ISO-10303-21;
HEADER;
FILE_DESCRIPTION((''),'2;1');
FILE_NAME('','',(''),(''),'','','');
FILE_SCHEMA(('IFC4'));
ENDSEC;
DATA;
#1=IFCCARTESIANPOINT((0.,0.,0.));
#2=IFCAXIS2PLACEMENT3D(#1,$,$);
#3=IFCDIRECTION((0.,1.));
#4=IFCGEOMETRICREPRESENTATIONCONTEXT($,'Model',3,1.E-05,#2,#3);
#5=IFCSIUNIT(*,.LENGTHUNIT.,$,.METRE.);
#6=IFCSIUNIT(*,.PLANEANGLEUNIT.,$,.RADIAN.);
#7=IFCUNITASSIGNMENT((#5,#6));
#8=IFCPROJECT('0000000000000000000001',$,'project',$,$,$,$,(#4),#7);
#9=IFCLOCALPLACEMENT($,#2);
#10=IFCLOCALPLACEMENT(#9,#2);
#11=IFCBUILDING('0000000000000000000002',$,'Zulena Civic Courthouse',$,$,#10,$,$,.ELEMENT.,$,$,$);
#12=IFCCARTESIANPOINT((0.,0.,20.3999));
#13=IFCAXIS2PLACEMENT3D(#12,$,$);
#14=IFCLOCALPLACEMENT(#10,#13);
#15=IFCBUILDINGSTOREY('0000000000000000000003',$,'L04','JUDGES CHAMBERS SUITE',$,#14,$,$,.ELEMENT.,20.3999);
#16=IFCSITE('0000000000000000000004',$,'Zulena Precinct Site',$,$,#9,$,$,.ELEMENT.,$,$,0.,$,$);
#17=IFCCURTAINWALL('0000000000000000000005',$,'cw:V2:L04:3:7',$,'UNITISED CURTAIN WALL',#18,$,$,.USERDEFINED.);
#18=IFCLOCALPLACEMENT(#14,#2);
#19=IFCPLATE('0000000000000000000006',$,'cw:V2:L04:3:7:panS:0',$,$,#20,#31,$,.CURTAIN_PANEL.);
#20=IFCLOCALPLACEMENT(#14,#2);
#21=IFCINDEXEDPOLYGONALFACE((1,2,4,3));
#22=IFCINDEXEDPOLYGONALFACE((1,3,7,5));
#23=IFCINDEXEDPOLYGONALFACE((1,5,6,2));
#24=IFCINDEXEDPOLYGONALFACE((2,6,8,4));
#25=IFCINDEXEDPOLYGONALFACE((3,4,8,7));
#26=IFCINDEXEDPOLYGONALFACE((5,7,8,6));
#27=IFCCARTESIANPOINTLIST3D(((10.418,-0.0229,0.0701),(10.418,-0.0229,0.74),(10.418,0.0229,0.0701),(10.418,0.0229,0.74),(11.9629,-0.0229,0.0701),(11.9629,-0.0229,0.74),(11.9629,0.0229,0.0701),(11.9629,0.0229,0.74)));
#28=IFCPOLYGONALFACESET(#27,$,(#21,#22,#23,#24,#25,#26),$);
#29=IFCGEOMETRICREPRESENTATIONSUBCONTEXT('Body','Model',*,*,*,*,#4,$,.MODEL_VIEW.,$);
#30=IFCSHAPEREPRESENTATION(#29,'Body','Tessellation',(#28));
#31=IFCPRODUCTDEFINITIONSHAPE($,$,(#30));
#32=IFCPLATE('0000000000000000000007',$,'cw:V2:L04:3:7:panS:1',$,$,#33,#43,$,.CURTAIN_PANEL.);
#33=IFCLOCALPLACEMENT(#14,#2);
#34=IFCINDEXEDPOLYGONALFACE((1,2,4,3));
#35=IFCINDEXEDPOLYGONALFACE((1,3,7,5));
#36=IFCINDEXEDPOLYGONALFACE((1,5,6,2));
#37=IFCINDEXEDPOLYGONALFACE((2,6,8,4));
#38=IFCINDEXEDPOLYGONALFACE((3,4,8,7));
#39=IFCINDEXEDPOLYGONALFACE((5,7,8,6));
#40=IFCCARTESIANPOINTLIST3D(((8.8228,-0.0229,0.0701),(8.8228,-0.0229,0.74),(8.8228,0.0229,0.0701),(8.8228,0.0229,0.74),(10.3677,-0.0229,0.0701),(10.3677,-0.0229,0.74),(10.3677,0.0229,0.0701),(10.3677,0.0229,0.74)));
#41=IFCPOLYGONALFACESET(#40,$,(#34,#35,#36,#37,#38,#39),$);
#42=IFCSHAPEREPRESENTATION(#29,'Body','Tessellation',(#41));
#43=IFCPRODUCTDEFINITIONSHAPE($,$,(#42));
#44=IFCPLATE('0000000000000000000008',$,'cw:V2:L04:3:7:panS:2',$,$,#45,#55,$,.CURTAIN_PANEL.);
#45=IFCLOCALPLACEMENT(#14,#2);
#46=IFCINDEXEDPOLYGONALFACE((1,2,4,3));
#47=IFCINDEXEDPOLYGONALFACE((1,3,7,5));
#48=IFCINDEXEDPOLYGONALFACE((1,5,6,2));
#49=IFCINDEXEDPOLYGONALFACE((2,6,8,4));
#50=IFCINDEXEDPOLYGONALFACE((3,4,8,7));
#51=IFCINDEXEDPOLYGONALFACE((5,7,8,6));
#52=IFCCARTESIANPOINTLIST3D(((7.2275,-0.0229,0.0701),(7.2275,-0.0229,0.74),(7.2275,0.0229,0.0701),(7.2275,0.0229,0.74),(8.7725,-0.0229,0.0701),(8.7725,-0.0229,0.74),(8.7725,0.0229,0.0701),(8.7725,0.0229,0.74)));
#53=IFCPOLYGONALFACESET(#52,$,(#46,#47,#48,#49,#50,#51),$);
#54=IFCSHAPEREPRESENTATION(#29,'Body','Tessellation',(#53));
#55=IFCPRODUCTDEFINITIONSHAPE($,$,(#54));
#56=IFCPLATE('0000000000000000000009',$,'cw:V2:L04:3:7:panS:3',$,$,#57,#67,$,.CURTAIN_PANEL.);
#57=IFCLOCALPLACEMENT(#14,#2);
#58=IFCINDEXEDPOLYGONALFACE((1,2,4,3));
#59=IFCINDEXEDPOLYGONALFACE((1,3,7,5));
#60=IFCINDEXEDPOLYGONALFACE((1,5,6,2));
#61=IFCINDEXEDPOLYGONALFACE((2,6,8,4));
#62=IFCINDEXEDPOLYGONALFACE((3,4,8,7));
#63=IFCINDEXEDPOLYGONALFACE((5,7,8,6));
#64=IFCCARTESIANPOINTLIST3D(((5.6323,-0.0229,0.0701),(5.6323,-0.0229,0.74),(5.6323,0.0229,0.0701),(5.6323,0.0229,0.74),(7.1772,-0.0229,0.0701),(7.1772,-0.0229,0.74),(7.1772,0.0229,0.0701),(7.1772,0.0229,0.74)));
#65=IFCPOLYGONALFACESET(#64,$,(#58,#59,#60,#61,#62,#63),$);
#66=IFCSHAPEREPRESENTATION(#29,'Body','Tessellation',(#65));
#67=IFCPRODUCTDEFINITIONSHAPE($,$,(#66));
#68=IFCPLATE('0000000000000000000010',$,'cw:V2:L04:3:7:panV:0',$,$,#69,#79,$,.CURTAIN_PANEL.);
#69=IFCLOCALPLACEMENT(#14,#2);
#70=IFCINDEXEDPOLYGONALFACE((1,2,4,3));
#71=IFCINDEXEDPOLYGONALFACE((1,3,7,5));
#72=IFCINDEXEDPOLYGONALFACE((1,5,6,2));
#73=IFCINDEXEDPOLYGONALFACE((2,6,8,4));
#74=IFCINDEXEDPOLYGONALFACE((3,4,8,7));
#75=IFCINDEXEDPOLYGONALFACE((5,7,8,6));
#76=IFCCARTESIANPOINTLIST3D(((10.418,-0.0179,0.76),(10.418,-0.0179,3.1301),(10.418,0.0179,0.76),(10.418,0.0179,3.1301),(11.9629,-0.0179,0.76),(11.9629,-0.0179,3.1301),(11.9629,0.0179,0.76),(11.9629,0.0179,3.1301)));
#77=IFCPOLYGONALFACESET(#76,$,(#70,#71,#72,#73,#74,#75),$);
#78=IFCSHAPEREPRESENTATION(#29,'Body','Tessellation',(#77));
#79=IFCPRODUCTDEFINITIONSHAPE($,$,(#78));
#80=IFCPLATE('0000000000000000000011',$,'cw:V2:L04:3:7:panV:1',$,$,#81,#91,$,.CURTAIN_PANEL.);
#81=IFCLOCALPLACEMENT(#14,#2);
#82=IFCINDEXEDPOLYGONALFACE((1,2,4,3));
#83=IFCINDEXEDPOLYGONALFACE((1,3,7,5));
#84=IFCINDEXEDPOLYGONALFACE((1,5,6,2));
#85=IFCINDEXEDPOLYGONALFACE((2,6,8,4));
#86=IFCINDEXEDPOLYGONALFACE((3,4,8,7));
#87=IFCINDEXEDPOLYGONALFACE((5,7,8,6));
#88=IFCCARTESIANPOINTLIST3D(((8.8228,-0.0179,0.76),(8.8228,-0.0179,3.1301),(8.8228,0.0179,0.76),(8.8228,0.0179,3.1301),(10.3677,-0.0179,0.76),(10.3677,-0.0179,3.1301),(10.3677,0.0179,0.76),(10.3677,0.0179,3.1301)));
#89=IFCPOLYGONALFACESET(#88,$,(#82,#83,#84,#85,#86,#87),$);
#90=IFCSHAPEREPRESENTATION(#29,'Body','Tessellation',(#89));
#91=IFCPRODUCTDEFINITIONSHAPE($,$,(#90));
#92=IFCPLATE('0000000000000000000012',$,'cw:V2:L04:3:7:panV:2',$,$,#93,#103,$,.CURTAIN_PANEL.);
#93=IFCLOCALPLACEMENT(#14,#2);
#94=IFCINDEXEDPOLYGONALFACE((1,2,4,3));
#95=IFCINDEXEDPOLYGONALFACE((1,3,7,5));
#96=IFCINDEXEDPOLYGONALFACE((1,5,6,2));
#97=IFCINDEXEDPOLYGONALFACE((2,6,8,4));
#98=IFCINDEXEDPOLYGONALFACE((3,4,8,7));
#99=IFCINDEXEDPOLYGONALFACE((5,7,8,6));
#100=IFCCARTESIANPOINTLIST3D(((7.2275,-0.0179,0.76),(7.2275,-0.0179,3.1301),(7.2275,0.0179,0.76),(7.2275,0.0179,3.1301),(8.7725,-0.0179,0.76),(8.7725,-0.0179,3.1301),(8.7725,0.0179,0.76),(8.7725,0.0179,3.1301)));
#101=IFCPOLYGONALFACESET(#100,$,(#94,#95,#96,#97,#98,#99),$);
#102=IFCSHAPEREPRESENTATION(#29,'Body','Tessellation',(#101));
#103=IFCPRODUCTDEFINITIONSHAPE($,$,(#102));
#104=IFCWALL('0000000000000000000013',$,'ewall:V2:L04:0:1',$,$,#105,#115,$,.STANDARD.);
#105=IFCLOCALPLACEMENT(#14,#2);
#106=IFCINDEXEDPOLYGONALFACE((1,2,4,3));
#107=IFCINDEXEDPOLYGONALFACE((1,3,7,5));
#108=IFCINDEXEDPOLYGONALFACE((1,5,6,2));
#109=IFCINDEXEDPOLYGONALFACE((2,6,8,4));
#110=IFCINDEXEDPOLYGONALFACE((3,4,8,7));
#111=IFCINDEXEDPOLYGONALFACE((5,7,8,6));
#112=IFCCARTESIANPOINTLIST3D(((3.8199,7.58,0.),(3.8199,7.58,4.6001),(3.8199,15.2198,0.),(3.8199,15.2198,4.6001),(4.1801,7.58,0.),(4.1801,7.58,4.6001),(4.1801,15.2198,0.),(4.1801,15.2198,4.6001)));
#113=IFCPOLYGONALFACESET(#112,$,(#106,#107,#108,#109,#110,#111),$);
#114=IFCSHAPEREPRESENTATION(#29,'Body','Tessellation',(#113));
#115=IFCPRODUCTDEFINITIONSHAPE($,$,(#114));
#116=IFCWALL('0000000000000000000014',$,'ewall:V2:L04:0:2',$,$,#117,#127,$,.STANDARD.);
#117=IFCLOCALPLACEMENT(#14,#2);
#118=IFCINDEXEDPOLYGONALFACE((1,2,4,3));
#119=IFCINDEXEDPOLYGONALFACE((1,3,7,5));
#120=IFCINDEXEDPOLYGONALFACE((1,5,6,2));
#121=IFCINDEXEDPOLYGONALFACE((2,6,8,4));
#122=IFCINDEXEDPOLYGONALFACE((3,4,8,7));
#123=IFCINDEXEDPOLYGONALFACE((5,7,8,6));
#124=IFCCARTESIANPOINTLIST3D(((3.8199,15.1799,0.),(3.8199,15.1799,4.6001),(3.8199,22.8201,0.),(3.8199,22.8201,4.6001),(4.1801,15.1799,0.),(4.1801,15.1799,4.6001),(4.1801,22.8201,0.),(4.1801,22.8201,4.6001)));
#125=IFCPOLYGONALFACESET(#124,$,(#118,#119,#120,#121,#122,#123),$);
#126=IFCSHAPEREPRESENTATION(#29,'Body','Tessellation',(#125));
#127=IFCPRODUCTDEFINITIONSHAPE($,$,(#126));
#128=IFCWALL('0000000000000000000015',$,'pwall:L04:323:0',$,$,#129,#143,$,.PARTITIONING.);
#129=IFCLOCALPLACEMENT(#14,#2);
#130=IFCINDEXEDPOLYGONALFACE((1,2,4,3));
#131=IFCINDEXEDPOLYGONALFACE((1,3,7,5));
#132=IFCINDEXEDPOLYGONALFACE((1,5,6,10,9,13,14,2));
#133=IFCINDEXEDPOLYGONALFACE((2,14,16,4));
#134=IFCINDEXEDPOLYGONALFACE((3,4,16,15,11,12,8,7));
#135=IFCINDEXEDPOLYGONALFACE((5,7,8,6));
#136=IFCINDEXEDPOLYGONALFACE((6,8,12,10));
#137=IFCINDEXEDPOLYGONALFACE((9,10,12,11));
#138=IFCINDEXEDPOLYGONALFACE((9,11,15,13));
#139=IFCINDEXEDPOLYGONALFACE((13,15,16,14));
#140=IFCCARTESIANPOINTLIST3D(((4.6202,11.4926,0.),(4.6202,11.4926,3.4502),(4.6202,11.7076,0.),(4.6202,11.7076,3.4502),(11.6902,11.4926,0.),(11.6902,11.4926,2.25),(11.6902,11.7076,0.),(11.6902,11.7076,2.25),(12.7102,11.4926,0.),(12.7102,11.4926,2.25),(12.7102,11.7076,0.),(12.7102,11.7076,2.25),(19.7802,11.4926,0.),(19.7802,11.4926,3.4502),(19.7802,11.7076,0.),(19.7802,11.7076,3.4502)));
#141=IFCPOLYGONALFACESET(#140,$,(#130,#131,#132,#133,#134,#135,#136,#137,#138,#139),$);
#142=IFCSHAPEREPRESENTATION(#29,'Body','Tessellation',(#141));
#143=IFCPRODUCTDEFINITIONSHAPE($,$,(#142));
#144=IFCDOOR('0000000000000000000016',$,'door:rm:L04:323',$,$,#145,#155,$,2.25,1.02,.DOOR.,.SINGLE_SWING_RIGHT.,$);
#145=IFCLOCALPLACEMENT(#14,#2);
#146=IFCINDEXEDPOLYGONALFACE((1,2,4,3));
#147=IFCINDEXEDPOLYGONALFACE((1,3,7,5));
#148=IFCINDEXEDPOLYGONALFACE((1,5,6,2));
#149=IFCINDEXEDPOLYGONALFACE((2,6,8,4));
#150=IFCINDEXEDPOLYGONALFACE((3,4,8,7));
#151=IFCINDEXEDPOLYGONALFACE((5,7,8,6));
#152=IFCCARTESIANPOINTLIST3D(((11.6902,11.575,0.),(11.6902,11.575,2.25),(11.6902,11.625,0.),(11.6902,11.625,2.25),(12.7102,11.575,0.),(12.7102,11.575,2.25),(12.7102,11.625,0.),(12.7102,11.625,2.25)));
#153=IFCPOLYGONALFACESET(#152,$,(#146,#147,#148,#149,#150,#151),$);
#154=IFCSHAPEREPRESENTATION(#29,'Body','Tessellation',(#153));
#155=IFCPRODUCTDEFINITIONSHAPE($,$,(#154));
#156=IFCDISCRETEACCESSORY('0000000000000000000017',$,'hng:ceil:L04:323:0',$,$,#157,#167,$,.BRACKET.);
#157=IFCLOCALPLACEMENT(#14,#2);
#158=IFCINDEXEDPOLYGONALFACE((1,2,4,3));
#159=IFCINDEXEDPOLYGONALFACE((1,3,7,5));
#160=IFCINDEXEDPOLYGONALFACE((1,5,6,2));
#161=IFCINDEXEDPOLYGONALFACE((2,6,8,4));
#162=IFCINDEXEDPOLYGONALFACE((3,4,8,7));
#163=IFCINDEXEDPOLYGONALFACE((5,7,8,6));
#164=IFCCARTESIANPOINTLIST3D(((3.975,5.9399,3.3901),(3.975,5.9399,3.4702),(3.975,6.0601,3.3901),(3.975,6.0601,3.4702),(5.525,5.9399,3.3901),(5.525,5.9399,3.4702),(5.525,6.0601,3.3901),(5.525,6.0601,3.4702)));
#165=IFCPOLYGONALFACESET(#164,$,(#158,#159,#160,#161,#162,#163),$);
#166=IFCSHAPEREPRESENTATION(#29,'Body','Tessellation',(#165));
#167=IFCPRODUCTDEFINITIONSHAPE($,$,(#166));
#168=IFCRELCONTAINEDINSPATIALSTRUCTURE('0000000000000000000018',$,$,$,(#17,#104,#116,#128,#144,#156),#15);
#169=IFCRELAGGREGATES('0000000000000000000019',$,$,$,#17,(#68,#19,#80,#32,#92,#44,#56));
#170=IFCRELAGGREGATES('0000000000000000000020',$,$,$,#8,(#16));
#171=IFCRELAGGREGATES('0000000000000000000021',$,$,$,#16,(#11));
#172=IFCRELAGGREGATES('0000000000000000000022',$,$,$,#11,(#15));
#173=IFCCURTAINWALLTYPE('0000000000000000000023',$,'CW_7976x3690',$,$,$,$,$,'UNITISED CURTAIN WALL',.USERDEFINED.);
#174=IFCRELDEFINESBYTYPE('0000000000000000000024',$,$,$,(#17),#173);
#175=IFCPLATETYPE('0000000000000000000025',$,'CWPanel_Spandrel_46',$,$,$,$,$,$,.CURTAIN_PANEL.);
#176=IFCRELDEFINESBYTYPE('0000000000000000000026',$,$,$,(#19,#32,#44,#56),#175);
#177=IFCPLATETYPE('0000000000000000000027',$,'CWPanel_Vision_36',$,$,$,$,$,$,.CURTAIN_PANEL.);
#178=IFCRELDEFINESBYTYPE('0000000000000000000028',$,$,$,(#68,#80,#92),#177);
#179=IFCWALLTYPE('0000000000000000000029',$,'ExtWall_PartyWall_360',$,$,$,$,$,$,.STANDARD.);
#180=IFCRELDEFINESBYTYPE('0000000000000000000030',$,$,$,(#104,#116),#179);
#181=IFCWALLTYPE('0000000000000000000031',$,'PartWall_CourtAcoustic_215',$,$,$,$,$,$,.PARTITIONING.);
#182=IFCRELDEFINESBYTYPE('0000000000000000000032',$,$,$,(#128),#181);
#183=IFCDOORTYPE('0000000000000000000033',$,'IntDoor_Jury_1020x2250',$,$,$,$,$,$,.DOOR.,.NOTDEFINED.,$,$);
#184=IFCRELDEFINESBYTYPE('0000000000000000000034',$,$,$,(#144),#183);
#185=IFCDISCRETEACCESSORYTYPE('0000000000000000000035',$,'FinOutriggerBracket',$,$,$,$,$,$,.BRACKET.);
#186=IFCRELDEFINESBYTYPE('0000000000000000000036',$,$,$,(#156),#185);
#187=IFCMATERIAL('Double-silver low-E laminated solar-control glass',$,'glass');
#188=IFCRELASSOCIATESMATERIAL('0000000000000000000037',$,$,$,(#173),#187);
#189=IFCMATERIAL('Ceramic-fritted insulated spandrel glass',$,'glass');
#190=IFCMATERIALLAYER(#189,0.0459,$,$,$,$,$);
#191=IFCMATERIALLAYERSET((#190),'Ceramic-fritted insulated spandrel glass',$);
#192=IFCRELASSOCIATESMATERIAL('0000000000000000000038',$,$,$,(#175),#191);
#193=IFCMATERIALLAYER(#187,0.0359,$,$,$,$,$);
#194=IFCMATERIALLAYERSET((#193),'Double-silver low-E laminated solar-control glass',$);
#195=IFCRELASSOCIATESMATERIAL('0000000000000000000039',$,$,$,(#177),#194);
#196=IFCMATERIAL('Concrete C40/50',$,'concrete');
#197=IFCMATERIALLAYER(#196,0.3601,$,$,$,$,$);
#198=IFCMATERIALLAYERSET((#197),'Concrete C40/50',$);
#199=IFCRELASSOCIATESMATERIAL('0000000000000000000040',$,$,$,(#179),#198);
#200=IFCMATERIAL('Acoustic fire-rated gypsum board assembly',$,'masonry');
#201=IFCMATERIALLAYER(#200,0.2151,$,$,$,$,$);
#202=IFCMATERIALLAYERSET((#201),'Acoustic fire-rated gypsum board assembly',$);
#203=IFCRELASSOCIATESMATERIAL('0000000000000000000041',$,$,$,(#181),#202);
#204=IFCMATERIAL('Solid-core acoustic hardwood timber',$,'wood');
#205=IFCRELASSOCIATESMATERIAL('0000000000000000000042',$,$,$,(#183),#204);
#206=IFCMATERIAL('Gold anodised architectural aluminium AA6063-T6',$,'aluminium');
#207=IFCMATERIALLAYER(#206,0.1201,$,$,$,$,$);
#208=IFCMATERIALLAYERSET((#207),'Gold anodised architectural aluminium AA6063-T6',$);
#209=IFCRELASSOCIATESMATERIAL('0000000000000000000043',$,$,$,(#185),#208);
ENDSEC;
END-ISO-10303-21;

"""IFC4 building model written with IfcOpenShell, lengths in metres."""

from ifc_helpers import new_model, si_unit, direction, frame, frame_2d, origin, origin_2d, place, context, subcontext, project, spatial, rectangle, extrude, material, layer, layer_set, type_object, element, fill, aggregate, save


model = new_model("IFC4")

# Units and contexts
model_context = context("Model", 3, precision=1e-05, world=origin(), true_north=direction((0.0, 1.0)))
body_context = subcontext(model_context, "Body", "Model", "MODEL_VIEW")
ifc_project = project(units=[si_unit("LENGTHUNIT", "METRE"), si_unit("PLANEANGLEUNIT", "RADIAN")], contexts=[model_context])

# Site, building, storey
site_placement = place(None, origin())
site = spatial("IfcSite", under=ifc_project, at=site_placement, Name="Zulena Precinct Site", CompositionType="ELEMENT", RefElevation=0.0)
building_placement = place(site_placement, origin())
building = spatial("IfcBuilding", under=site, at=building_placement, Name="Zulena Civic Courthouse", CompositionType="ELEMENT")
storey_placement = place(building_placement, frame((0.0, 0.0, 20.3999)))
storey = spatial("IfcBuildingStorey", under=building, at=storey_placement, Name="L04", Description="JUDGES CHAMBERS SUITE", CompositionType="ELEMENT", Elevation=20.3999)

# Curtain wall
ifc_material_1 = material(Name="Double-silver low-E laminated solar-control glass", Category="glass")
curtain_wall_type = type_object("IfcCurtainWallType", Name="CW_7976x3690", ElementType="UNITISED CURTAIN WALL", PredefinedType="USERDEFINED", material=ifc_material_1)
curtain_wall_placement = place(storey_placement, origin())
curtain_wall = element("IfcCurtainWall", 1, at=curtain_wall_placement, inside=storey, type_object=curtain_wall_type, Name="cw:V2:L04:3:7", ObjectType="UNITISED CURTAIN WALL", PredefinedType="USERDEFINED")

# Plates
ifc_material_2 = material(Name="Ceramic-fritted insulated spandrel glass", Category="glass")
ifc_layer_1 = layer(ifc_material_2, 0.0459)
ifc_layer_set_1 = layer_set([ifc_layer_1], Name="Ceramic-fritted insulated spandrel glass")
plate_type_1 = type_object("IfcPlateType", Name="CWPanel_Spandrel_46", PredefinedType="CURTAIN_PANEL", material=ifc_layer_set_1)
plate_1_placement = place(storey_placement, frame((11.1904, 0.0, 0.0701), z_axis=(0.0, 0.0, 1.0), x_axis=(-1.0, 0.0, 0.0)))
plate_1 = element("IfcPlate", 2, at=plate_1_placement, type_object=plate_type_1, Name="cw:V2:L04:3:7:panS:0", PredefinedType="CURTAIN_PANEL", context=body_context, shape_type="SweptSolid", body=[
    extrude(rectangle(XDim=1.5449, YDim=0.0459, at=origin_2d()), origin(), (0.0, 0.0, 1.0), 0.6699),
])
plate_2_placement = place(storey_placement, frame((9.5952, 0.0, 0.0701), z_axis=(0.0, 0.0, 1.0), x_axis=(-1.0, 0.0, 0.0)))
plate_2 = element("IfcPlate", 3, at=plate_2_placement, type_object=plate_type_1, Name="cw:V2:L04:3:7:panS:1", PredefinedType="CURTAIN_PANEL", context=body_context, shape_type="SweptSolid", body=[
    extrude(rectangle(XDim=1.5449, YDim=0.0459, at=origin_2d()), origin(), (0.0, 0.0, 1.0), 0.6699),
])
plate_3_placement = place(storey_placement, frame((8.0, 0.0, 0.0701), z_axis=(0.0, 0.0, 1.0), x_axis=(-1.0, 0.0, 0.0)))
plate_3 = element("IfcPlate", 4, at=plate_3_placement, type_object=plate_type_1, Name="cw:V2:L04:3:7:panS:2", PredefinedType="CURTAIN_PANEL", context=body_context, shape_type="SweptSolid", body=[
    extrude(rectangle(XDim=1.5449, YDim=0.0459, at=origin_2d()), origin(), (0.0, 0.0, 1.0), 0.6699),
])
plate_4_placement = place(storey_placement, frame((6.4048, 0.0, 0.0701), z_axis=(0.0, 0.0, 1.0), x_axis=(-1.0, 0.0, 0.0)))
plate_4 = element("IfcPlate", 5, at=plate_4_placement, type_object=plate_type_1, Name="cw:V2:L04:3:7:panS:3", PredefinedType="CURTAIN_PANEL", context=body_context, shape_type="SweptSolid", body=[
    extrude(rectangle(XDim=1.5449, YDim=0.0459, at=origin_2d()), origin(), (0.0, 0.0, 1.0), 0.6699),
])
ifc_layer_2 = layer(ifc_material_1, 0.0359)
ifc_layer_set_2 = layer_set([ifc_layer_2], Name="Double-silver low-E laminated solar-control glass")
plate_type_2 = type_object("IfcPlateType", Name="CWPanel_Vision_36", PredefinedType="CURTAIN_PANEL", material=ifc_layer_set_2)
plate_5_placement = place(storey_placement, frame((11.1904, 0.0, 0.76), z_axis=(0.0, 0.0, 1.0), x_axis=(-1.0, 0.0, 0.0)))
plate_5 = element("IfcPlate", 6, at=plate_5_placement, type_object=plate_type_2, Name="cw:V2:L04:3:7:panV:0", PredefinedType="CURTAIN_PANEL", context=body_context, shape_type="SweptSolid", body=[
    extrude(rectangle(XDim=1.5449, YDim=0.0359, at=origin_2d()), origin(), (0.0, 0.0, 1.0), 2.3701),
])
plate_6_placement = place(storey_placement, frame((9.5952, 0.0, 0.76), z_axis=(0.0, 0.0, 1.0), x_axis=(-1.0, 0.0, 0.0)))
plate_6 = element("IfcPlate", 7, at=plate_6_placement, type_object=plate_type_2, Name="cw:V2:L04:3:7:panV:1", PredefinedType="CURTAIN_PANEL", context=body_context, shape_type="SweptSolid", body=[
    extrude(rectangle(XDim=1.5449, YDim=0.0359, at=origin_2d()), origin(), (0.0, 0.0, 1.0), 2.3701),
])
plate_7_placement = place(storey_placement, frame((8.0, 0.0, 0.76), z_axis=(0.0, 0.0, 1.0), x_axis=(-1.0, 0.0, 0.0)))
plate_7 = element("IfcPlate", 8, at=plate_7_placement, type_object=plate_type_2, Name="cw:V2:L04:3:7:panV:2", PredefinedType="CURTAIN_PANEL", context=body_context, shape_type="SweptSolid", body=[
    extrude(rectangle(XDim=1.5449, YDim=0.0359, at=origin_2d()), origin(), (0.0, 0.0, 1.0), 2.3701),
])
aggregate(curtain_wall, [plate_5, plate_1, plate_6, plate_2, plate_7, plate_3, plate_4])

# Walls
ifc_material_3 = material(Name="Concrete C40/50", Category="concrete")
ifc_layer_3 = layer(ifc_material_3, 0.3601)
ifc_layer_set_3 = layer_set([ifc_layer_3], Name="Concrete C40/50")
wall_type_1 = type_object("IfcWallType", Name="ExtWall_PartyWall_360", PredefinedType="STANDARD", material=ifc_layer_set_3)
wall_1_placement = place(storey_placement, frame((4.0, 7.5801, 0.0), z_axis=(0.0, 0.0, 1.0), x_axis=(0.0, 1.0, 0.0)))
element("IfcWall", 9, at=wall_1_placement, inside=storey, type_object=wall_type_1, Name="ewall:V2:L04:0:1", PredefinedType="STANDARD", context=body_context, shape_type="SweptSolid", body=[
    extrude(rectangle(XDim=7.6399, YDim=0.3601, at=frame_2d((3.8198, 0.0))), origin(), (0.0, 0.0, 1.0), 4.6001),
])
wall_2_placement = place(storey_placement, frame((4.0, 15.1799, 0.0), z_axis=(0.0, 0.0, 1.0), x_axis=(0.0, 1.0, 0.0)))
element("IfcWall", 10, at=wall_2_placement, inside=storey, type_object=wall_type_1, Name="ewall:V2:L04:0:2", PredefinedType="STANDARD", context=body_context, shape_type="SweptSolid", body=[
    extrude(rectangle(XDim=7.6401, YDim=0.3601, at=frame_2d((3.8201, 0.0))), origin(), (0.0, 0.0, 1.0), 4.6001),
])

# Wall, opening, door
ifc_material_4 = material(Name="Acoustic fire-rated gypsum board assembly", Category="masonry")
ifc_layer_4 = layer(ifc_material_4, 0.2151)
ifc_layer_set_4 = layer_set([ifc_layer_4], Name="Acoustic fire-rated gypsum board assembly")
wall_type_2 = type_object("IfcWallType", Name="PartWall_CourtAcoustic_215", PredefinedType="PARTITIONING", material=ifc_layer_set_4)
wall_3_placement = place(storey_placement, frame((4.6201, 11.6001, 0.0), z_axis=(0.0, 0.0, 1.0), x_axis=(1.0, 0.0, 0.0)))
wall_3 = element("IfcWall", 11, at=wall_3_placement, inside=storey, type_object=wall_type_2, Name="pwall:L04:323:0", PredefinedType="PARTITIONING", context=body_context, shape_type="SweptSolid", body=[
    extrude(rectangle(XDim=15.1599, YDim=0.2151, at=frame_2d((7.5801, 0.0))), origin(), (0.0, 0.0, 1.0), 3.4502),
])
opening_placement = place(wall_3_placement, frame((7.0701, 0.0, 0.0)))
opening = element("IfcOpeningElement", 12, at=opening_placement, cuts=wall_3, PredefinedType="OPENING", context=body_context, shape_type="SweptSolid", body=[
    extrude(rectangle(XDim=1.02, YDim=2.25, at=frame_2d((0.51, 1.125))), frame((0.0, 0.1174, 0.0), z_axis=(0.0, -1.0, 0.0), x_axis=(1.0, 0.0, 0.0)), (0.0, 0.0, 1.0), 0.2351),
])
ifc_material_5 = material(Name="Solid-core acoustic hardwood timber", Category="wood")
door_type = type_object("IfcDoorType", Name="IntDoor_Jury_1020x2250", OperationType="NOTDEFINED", PredefinedType="DOOR", material=ifc_material_5)
door_placement = place(opening_placement, origin())
door = element("IfcDoor", 13, at=door_placement, inside=storey, type_object=door_type, Name="door:rm:L04:323", OperationType="SINGLE_SWING_RIGHT", OverallHeight=2.25, OverallWidth=1.02, PredefinedType="DOOR", context=body_context, shape_type="SweptSolid", body=[
    extrude(rectangle(XDim=1.02, YDim=2.25, at=frame_2d((0.51, 1.125))), frame((0.0, 0.0249, 0.0), z_axis=(0.0, -1.0, 0.0), x_axis=(1.0, 0.0, 0.0)), (0.0, 0.0, 1.0), 0.05),
])
fill(opening, door)

# Discrete accessory
ifc_material_6 = material(Name="Gold anodised architectural aluminium AA6063-T6", Category="aluminium")
ifc_layer_5 = layer(ifc_material_6, 0.1201)
ifc_layer_set_5 = layer_set([ifc_layer_5], Name="Gold anodised architectural aluminium AA6063-T6")
discrete_accessory_type = type_object("IfcDiscreteAccessoryType", Name="FinOutriggerBracket", PredefinedType="BRACKET", material=ifc_layer_set_5)
discrete_accessory_placement = place(storey_placement, frame((4.75, 6.0, 3.3901), z_axis=(0.0, 0.0, 1.0), x_axis=(1.0, 0.0, 0.0)))
element("IfcDiscreteAccessory", 14, at=discrete_accessory_placement, inside=storey, type_object=discrete_accessory_type, Name="hng:ceil:L04:323:0", PredefinedType="BRACKET", context=body_context, shape_type="SweptSolid", body=[
    extrude(rectangle(XDim=1.55, YDim=0.1201, at=origin_2d()), origin(), (0.0, 0.0, 1.0), 0.0801),
])

save(model, "model.ifc")
